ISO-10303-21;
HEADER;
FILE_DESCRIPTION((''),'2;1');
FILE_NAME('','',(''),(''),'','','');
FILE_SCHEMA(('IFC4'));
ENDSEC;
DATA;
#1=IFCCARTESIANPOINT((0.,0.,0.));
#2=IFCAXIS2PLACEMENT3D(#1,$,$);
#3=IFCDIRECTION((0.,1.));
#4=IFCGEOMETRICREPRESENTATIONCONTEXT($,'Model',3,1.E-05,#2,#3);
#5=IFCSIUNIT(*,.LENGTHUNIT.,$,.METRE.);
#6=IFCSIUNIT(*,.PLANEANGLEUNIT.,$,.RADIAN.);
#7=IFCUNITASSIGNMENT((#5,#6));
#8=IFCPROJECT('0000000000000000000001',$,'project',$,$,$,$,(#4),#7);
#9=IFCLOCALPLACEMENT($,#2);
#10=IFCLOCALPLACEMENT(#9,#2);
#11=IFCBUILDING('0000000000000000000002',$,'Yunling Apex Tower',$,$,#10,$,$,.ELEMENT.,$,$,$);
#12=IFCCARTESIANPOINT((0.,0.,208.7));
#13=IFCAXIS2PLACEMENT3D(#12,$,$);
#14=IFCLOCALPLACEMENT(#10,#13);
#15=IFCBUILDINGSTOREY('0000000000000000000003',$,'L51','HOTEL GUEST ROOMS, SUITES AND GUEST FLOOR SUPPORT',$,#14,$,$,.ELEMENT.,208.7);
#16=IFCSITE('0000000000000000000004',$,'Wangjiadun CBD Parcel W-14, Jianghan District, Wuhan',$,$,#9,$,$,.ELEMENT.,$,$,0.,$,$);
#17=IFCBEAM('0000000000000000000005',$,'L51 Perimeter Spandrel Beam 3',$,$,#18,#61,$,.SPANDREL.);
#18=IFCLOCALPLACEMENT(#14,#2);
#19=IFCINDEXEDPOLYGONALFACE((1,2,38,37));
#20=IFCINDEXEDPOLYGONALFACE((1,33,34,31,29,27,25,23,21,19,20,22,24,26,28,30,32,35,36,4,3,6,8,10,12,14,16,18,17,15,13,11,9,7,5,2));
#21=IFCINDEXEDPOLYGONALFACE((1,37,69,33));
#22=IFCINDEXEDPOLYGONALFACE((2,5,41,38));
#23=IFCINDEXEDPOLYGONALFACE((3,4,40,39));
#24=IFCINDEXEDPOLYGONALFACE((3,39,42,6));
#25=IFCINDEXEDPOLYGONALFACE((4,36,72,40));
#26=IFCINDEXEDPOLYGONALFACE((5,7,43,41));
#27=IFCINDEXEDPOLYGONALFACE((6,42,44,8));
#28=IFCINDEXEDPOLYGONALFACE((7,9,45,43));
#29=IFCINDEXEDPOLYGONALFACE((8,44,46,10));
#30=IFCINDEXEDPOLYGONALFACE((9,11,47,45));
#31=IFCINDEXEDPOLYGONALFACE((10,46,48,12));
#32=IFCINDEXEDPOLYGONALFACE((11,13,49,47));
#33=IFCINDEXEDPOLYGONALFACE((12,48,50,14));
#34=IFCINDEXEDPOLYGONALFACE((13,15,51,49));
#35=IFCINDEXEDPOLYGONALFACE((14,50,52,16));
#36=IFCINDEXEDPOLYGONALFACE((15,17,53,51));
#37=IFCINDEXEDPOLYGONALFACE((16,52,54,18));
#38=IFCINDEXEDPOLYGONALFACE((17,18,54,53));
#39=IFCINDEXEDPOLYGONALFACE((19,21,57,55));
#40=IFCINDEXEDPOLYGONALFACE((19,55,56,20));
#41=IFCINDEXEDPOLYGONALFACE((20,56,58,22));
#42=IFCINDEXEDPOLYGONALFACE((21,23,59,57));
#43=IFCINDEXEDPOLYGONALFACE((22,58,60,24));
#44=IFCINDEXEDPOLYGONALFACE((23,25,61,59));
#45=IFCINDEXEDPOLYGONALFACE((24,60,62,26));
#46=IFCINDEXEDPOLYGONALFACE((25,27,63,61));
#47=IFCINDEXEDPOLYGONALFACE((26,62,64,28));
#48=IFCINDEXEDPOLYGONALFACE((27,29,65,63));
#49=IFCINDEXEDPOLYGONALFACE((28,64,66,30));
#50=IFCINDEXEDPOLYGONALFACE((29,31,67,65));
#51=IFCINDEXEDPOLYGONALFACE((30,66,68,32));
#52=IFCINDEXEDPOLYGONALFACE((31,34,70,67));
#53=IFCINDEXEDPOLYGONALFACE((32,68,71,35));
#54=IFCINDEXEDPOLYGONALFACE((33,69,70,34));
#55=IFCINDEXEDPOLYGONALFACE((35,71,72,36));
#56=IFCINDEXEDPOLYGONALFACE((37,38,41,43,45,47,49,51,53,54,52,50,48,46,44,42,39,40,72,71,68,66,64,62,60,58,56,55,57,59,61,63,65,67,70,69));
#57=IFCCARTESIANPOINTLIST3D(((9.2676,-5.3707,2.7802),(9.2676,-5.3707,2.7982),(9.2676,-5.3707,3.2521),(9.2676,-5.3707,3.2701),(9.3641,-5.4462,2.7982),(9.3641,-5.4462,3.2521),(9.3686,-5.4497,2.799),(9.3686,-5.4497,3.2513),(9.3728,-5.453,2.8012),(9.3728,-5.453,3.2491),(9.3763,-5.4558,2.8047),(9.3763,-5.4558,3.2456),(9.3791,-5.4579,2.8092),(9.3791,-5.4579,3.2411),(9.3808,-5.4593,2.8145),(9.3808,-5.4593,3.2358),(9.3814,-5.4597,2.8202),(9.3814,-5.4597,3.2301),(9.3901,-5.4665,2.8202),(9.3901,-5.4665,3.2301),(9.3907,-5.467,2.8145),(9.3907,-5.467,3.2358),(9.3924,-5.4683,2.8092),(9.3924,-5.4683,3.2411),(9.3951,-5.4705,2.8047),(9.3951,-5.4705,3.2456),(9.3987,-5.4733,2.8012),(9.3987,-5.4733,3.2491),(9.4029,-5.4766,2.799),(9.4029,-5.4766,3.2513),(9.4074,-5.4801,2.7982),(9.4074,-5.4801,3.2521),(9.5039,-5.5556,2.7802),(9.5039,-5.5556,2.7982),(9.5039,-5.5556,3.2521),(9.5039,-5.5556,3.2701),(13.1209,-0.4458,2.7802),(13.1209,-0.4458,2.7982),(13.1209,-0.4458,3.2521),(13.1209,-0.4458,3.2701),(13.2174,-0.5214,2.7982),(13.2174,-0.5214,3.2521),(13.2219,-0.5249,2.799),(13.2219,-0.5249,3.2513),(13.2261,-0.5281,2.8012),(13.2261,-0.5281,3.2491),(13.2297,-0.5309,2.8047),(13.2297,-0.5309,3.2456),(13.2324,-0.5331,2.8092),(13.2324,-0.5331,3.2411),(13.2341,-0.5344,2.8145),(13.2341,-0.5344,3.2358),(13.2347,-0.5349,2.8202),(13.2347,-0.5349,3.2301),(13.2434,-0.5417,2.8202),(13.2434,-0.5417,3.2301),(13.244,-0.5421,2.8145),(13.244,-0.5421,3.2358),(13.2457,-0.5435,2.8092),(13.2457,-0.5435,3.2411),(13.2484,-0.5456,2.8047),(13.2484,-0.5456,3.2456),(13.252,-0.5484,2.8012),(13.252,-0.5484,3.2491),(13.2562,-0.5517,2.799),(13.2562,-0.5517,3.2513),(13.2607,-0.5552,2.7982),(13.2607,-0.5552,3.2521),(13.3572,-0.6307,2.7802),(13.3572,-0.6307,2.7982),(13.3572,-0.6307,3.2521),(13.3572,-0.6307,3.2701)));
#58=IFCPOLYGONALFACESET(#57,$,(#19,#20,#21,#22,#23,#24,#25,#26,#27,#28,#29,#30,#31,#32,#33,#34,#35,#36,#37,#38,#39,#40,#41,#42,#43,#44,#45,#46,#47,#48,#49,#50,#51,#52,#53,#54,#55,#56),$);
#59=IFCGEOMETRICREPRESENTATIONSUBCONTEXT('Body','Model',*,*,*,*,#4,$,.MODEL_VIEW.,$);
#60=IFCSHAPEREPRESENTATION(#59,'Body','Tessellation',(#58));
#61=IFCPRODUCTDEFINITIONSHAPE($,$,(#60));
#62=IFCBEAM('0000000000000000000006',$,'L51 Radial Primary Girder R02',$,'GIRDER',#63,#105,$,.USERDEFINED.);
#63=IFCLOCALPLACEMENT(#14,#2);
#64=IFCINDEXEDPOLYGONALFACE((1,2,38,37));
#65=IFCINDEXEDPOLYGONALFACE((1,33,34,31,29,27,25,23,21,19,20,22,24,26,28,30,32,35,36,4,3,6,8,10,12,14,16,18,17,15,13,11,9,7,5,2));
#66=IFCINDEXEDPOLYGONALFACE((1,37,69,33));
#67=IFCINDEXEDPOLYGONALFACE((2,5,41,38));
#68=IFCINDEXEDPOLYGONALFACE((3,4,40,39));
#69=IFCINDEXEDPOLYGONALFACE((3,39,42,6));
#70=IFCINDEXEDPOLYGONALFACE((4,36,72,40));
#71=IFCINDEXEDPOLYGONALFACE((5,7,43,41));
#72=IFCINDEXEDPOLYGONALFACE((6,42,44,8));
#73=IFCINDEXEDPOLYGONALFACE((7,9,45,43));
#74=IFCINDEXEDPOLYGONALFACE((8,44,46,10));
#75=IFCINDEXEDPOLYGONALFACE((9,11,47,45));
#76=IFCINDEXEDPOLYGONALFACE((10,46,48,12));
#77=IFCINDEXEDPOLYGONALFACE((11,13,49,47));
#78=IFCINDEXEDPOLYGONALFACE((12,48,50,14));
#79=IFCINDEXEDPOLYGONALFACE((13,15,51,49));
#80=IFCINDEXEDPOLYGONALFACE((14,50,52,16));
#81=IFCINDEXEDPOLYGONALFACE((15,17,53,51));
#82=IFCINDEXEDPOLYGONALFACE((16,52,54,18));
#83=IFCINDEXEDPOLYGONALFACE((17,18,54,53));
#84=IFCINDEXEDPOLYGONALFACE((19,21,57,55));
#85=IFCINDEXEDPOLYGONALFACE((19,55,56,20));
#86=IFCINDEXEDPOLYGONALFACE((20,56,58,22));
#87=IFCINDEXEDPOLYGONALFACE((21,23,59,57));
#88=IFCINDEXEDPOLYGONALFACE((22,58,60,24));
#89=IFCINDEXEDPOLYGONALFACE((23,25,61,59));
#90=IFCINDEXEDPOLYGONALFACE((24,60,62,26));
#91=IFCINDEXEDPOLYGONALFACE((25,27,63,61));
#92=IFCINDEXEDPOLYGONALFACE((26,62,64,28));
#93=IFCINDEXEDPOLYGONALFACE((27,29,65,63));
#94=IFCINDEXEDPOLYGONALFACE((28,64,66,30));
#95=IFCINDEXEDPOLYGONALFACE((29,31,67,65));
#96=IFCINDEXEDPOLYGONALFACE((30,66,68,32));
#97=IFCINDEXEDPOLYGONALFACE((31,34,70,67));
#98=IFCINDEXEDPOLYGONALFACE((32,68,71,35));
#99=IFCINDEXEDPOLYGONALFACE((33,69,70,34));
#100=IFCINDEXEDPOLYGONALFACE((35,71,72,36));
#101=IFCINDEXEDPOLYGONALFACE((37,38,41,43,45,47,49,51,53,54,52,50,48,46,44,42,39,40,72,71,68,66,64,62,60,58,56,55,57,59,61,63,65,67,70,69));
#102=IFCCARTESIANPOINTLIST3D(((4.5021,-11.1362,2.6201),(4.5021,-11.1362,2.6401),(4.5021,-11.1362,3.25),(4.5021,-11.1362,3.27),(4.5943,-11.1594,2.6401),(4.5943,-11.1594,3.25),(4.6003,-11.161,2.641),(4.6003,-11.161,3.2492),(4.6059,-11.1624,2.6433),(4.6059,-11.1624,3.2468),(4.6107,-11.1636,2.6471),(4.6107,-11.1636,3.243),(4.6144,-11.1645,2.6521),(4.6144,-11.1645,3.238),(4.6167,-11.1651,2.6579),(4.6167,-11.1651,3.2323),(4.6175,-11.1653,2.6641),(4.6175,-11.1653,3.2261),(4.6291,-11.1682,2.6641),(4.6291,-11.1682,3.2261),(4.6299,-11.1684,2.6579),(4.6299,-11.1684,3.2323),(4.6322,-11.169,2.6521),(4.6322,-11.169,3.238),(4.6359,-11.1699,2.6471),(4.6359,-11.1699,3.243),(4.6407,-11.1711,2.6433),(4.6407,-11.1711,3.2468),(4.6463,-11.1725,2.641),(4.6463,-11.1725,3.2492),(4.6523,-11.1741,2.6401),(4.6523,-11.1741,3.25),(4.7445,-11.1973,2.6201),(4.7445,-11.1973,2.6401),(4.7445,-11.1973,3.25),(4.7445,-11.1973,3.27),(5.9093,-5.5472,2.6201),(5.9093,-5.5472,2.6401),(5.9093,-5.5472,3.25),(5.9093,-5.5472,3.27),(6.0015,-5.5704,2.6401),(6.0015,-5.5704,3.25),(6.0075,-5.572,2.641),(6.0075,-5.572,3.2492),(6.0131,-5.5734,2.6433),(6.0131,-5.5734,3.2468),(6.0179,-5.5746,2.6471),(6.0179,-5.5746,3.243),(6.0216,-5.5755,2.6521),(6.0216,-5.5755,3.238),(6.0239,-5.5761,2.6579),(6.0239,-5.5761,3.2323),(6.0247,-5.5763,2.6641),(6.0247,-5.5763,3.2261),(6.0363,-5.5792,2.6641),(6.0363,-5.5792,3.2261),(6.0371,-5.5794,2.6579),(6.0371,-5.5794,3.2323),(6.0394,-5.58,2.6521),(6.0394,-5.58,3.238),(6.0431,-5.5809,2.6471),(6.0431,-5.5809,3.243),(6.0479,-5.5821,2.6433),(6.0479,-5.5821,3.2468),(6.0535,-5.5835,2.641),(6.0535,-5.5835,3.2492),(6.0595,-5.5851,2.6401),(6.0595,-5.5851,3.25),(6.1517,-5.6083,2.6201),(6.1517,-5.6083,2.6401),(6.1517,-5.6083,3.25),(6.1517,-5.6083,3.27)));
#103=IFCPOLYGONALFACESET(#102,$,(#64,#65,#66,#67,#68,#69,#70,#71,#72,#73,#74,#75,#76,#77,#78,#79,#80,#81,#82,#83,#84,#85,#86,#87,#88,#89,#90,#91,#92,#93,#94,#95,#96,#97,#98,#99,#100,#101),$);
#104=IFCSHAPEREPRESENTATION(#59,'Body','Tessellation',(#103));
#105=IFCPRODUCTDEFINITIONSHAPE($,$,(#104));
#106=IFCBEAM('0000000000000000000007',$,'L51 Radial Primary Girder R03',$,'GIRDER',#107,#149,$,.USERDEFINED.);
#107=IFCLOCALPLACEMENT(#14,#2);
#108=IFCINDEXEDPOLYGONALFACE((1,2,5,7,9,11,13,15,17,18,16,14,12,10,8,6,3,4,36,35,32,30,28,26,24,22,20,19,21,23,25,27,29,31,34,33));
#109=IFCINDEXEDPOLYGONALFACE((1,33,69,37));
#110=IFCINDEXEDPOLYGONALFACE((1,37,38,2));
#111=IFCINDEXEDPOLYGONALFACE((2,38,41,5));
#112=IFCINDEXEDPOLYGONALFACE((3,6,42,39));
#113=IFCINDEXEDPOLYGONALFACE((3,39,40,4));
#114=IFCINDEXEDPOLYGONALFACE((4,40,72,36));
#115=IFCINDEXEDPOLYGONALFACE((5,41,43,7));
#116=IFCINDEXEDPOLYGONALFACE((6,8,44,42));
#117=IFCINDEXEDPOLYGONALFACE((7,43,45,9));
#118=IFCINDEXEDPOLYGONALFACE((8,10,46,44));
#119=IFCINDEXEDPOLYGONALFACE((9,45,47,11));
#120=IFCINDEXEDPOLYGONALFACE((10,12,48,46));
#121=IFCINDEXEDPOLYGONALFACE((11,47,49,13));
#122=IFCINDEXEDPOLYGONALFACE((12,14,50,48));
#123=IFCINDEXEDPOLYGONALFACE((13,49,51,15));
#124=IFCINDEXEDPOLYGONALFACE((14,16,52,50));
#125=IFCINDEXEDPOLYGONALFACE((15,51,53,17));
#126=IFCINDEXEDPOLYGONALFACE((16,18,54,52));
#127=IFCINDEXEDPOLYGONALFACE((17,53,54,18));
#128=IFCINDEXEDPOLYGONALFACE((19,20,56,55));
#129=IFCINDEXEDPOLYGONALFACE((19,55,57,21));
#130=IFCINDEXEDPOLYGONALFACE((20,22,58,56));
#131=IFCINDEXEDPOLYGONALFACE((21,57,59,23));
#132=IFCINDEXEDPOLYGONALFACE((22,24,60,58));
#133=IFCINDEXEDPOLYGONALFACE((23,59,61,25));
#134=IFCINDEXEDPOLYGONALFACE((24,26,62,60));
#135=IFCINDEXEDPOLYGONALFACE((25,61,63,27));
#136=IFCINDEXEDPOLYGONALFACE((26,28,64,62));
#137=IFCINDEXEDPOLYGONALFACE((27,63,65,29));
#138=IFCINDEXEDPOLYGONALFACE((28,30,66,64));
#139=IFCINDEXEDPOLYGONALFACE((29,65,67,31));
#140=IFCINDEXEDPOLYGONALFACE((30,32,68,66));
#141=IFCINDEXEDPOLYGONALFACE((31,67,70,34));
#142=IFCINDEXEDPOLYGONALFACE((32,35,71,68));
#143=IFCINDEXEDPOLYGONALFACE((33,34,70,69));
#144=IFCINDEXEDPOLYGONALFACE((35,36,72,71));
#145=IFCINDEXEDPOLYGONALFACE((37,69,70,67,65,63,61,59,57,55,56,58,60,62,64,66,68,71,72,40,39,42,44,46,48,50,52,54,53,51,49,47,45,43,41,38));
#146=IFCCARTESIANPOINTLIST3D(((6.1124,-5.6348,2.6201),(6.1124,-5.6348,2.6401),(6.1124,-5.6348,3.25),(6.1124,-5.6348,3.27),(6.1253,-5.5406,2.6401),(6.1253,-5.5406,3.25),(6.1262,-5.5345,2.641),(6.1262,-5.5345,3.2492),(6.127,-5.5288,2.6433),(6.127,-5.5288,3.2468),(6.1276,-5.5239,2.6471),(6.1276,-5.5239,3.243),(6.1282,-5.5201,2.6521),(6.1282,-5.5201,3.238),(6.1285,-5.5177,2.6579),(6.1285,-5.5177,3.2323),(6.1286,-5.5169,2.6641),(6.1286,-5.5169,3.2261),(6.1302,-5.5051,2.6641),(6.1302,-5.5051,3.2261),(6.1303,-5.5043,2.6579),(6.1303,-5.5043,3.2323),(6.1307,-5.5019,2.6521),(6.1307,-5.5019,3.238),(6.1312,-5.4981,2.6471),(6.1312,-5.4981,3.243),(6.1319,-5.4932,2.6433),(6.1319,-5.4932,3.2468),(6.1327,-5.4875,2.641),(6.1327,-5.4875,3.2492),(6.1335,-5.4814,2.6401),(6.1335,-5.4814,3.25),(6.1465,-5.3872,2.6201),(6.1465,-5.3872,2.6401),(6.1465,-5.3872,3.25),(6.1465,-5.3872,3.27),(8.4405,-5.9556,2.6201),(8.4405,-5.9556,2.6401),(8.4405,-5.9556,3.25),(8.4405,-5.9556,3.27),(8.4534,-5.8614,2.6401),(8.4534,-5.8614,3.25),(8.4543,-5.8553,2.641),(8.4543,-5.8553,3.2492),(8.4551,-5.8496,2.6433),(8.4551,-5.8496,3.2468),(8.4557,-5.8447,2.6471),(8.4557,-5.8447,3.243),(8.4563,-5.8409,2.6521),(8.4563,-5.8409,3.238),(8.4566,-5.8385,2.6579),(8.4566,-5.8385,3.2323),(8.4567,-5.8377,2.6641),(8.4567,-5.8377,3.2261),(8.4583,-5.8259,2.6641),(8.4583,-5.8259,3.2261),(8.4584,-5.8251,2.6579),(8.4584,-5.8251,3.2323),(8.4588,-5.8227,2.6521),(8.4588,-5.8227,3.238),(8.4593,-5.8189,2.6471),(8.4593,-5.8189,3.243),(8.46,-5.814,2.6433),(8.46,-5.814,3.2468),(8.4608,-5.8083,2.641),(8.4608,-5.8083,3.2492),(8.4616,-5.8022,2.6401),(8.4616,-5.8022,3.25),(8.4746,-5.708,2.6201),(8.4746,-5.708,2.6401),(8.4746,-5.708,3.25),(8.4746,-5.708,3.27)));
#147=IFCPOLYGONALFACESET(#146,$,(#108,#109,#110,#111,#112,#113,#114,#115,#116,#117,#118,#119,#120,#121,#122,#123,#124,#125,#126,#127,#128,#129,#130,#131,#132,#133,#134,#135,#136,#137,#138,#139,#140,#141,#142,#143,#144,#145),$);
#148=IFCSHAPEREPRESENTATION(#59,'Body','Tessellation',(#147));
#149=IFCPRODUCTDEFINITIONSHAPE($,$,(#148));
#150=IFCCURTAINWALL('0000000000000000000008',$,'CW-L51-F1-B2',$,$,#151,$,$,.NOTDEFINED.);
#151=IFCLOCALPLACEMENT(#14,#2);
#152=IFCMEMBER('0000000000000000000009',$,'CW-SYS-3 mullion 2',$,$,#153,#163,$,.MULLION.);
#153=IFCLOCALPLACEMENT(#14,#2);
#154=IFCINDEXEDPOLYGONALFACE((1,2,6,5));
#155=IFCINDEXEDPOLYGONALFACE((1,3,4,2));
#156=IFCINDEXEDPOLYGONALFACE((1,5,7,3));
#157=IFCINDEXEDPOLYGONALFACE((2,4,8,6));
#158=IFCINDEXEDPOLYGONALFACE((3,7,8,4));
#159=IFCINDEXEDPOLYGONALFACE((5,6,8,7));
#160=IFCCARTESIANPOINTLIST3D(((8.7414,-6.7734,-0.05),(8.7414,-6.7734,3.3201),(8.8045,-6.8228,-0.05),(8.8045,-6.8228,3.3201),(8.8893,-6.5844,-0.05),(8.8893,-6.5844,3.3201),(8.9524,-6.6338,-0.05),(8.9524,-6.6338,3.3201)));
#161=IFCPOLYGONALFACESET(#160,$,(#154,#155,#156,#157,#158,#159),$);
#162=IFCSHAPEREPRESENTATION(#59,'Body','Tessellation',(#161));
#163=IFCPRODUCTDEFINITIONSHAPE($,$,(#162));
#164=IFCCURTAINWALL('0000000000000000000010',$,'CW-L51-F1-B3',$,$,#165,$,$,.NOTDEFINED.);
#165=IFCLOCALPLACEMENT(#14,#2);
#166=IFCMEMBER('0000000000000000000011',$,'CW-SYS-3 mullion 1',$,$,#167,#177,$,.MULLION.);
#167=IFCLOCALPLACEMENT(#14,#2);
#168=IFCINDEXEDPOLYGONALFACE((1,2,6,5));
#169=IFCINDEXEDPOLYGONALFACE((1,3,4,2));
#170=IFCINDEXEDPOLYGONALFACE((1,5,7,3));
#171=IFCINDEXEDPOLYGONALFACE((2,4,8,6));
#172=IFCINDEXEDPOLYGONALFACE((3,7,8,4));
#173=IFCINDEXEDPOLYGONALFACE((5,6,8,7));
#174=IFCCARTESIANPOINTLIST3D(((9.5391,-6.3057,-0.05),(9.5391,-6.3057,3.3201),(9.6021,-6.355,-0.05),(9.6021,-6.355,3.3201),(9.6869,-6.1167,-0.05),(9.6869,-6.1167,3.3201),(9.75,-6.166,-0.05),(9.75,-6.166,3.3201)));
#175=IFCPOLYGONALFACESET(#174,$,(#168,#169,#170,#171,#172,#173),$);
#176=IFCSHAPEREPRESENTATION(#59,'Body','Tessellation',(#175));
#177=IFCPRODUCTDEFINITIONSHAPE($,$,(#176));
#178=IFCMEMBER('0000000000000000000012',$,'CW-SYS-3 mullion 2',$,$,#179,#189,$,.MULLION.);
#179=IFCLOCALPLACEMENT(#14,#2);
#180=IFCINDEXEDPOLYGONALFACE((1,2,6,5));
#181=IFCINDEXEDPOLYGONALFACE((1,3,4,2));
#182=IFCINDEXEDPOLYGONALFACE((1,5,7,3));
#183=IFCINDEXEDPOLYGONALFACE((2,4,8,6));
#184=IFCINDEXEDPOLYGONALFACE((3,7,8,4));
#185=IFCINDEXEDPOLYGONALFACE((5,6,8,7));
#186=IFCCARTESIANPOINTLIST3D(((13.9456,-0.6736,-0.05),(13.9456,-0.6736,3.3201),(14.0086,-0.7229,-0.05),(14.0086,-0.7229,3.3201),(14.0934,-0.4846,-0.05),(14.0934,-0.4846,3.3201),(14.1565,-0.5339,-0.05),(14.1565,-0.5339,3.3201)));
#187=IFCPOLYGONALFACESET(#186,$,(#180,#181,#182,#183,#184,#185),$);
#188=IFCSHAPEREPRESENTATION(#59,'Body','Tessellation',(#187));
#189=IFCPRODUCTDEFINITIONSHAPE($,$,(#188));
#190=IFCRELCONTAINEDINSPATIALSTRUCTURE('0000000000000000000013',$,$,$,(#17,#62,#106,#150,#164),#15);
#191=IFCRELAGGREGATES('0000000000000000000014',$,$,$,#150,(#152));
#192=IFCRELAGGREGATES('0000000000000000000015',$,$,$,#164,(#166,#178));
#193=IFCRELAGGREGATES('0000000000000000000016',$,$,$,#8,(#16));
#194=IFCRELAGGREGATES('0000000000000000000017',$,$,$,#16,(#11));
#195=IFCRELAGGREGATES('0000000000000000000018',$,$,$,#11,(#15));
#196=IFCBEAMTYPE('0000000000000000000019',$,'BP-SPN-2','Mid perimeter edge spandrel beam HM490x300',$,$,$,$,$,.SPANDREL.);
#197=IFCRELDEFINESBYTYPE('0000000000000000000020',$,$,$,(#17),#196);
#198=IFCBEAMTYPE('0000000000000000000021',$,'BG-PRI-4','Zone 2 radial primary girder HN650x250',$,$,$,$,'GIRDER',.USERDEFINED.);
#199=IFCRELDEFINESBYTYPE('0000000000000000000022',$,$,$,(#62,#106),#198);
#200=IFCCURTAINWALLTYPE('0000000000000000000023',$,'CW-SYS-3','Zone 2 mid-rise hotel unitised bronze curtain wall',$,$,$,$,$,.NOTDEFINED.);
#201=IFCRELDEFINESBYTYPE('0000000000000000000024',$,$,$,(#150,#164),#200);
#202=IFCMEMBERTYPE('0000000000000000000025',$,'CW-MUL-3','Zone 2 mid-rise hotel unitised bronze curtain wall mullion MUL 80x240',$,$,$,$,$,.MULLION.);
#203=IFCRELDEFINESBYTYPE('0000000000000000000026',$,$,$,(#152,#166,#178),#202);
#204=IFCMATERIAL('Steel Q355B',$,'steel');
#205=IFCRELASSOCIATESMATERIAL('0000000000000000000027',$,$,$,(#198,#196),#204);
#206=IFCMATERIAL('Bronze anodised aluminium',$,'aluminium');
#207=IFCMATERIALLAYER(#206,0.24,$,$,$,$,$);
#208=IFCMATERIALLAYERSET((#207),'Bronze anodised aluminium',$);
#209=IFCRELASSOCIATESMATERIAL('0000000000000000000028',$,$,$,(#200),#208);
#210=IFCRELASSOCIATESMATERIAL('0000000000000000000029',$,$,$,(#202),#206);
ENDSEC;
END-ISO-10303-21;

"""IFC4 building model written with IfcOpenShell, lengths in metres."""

from ifc_helpers import new_model, si_unit, direction, frame, origin, origin_2d, place, context, subcontext, project, spatial, rectangle, i_section, extrude, source, transform, mapped, material, layer, layer_set, material_profile, profile_set, type_object, element, aggregate, save


model = new_model("IFC4")

# Units and contexts
model_context = context("Model", 3, precision=1e-05, world=origin(), true_north=direction((0.0, 1.0)))
body_context = subcontext(model_context, "Body", "Model", "MODEL_VIEW")
ifc_project = project(units=[si_unit("LENGTHUNIT", "METRE"), si_unit("PLANEANGLEUNIT", "RADIAN")], contexts=[model_context])

# Site, building, storey
site_placement = place(None, origin())
site = spatial("IfcSite", under=ifc_project, at=site_placement, Name="Wangjiadun CBD Parcel W-14, Jianghan District, Wuhan", CompositionType="ELEMENT", RefElevation=0.0)
building_placement = place(site_placement, origin())
building = spatial("IfcBuilding", under=site, at=building_placement, Name="Yunling Apex Tower", CompositionType="ELEMENT")
storey_placement = place(building_placement, frame((0.0, 0.0, 208.7)))
storey = spatial("IfcBuildingStorey", under=building, at=storey_placement, Name="L51", Description="HOTEL GUEST ROOMS, SUITES AND GUEST FLOOR SUPPORT", CompositionType="ELEMENT", Elevation=208.7)

# Beams
ifc_material_1 = material(Name="Steel Q355B", Category="steel")
ifc_material_profile_1 = material_profile(ifc_material_1, i_section(OverallWidth=0.25, OverallDepth=0.6499, WebThickness=0.012, FlangeThickness=0.02, FilletRadius=0.0239, at=origin_2d()))
ifc_profile_set_1 = profile_set([ifc_material_profile_1], Name="Steel Q355B")
beam_type_1 = type_object("IfcBeamType", Name="BG-PRI-4", Description="Zone 2 radial primary girder HN650x250", ElementType="GIRDER", PredefinedType="USERDEFINED", material=ifc_profile_set_1)
ifc_material_profile_2 = material_profile(ifc_material_1, i_section(OverallWidth=0.3, OverallDepth=0.49, WebThickness=0.011, FlangeThickness=0.0181, FilletRadius=0.022, at=origin_2d()))
ifc_profile_set_2 = profile_set([ifc_material_profile_2], Name="Steel Q355B")
beam_type_2 = type_object("IfcBeamType", Name="BP-SPN-2", Description="Mid perimeter edge spandrel beam HM490x300", PredefinedType="SPANDREL", material=ifc_profile_set_2)
shared_shape_1 = source(origin(), body_context, "Body", "SweptSolid", [
    extrude(i_section(OverallWidth=0.3, OverallDepth=0.49, WebThickness=0.011, FlangeThickness=0.0181, FilletRadius=0.022, at=origin_2d()), origin(), (0.0, 0.0, 1.0), 6.2532),
])
beam_1_placement = place(storey_placement, frame((9.3857, -5.4631, 3.0251), z_axis=(0.616217, 0.787577, 0.0), x_axis=(-0.787577, 0.616217, 0.0)))
element("IfcBeam", 1, at=beam_1_placement, inside=storey, type_object=beam_type_2, Name="L51 Perimeter Spandrel Beam 3", PredefinedType="SPANDREL", context=body_context, shape_type="MappedRepresentation", body=[
    mapped(shared_shape_1, transform((0.0, 0.0, 0.0), scale=1.0)),
])
shared_shape_2 = source(origin(), body_context, "Body", "SweptSolid", [
    extrude(i_section(OverallWidth=0.25, OverallDepth=0.6499, WebThickness=0.012, FlangeThickness=0.02, FilletRadius=0.0239, at=origin_2d()), origin(), (0.0, 0.0, 1.0), 5.7634),
])
beam_2_placement = place(storey_placement, frame((4.6233, -11.1667, 2.9451), z_axis=(0.24416, 0.969735, 0.0), x_axis=(-0.969735, 0.24416, 0.0)))
element("IfcBeam", 2, at=beam_2_placement, inside=storey, type_object=beam_type_1, Name="L51 Radial Primary Girder R02", ObjectType="GIRDER", PredefinedType="USERDEFINED", context=body_context, shape_type="MappedRepresentation", body=[
    mapped(shared_shape_2, transform((0.0, 0.0, 0.0), scale=1.0)),
])
shared_shape_3 = source(origin(), body_context, "Body", "SweptSolid", [
    extrude(i_section(OverallWidth=0.25, OverallDepth=0.6499, WebThickness=0.012, FlangeThickness=0.02, FilletRadius=0.0239, at=origin_2d()), origin(), (0.0, 0.0, 1.0), 2.3501),
])
beam_3_placement = place(storey_placement, frame((8.4575, -5.8318, 2.9451), z_axis=(-0.99064, 0.136504, 0.0), x_axis=(-0.136504, -0.99064, 0.0)))
element("IfcBeam", 3, at=beam_3_placement, inside=storey, type_object=beam_type_1, Name="L51 Radial Primary Girder R03", ObjectType="GIRDER", PredefinedType="USERDEFINED", context=body_context, shape_type="MappedRepresentation", body=[
    mapped(shared_shape_3, transform((0.0, 0.0, 0.0), scale=1.0)),
])

# Curtain wall, member
ifc_material_2 = material(Name="Bronze anodised aluminium", Category="aluminium")
ifc_layer_1 = layer(ifc_material_2, 0.24)
ifc_layer_set_1 = layer_set([ifc_layer_1], Name="Bronze anodised aluminium")
curtain_wall_type = type_object("IfcCurtainWallType", Name="CW-SYS-3", Description="Zone 2 mid-rise hotel unitised bronze curtain wall", PredefinedType="NOTDEFINED", material=ifc_layer_set_1)
curtain_wall_1_placement = place(storey_placement, origin())
curtain_wall_1 = element("IfcCurtainWall", 4, at=curtain_wall_1_placement, inside=storey, type_object=curtain_wall_type, Name="CW-L51-F1-B2", PredefinedType="NOTDEFINED")
ifc_material_profile_3 = material_profile(ifc_material_2, rectangle(XDim=0.0801, YDim=0.24, at=origin_2d()))
ifc_profile_set_3 = profile_set([ifc_material_profile_3], Name="Bronze anodised aluminium")
member_type_1 = type_object("IfcMemberType", Name="CW-MUL-3", Description="Zone 2 mid-rise hotel unitised bronze curtain wall mullion MUL 80x240", PredefinedType="MULLION", material=ifc_profile_set_3)
shared_shape_4 = source(origin(), body_context, "Body", "SweptSolid", [
    extrude(rectangle(XDim=0.0801, YDim=0.24, at=origin_2d()), origin(), (0.0, 0.0, 1.0), 3.3701),
])
member_1_placement = place(storey_placement, frame((8.8469, -6.7036, -0.05), z_axis=(0.0, 0.0, 1.0), x_axis=(-0.787576, 0.616217, 0.0)))
member_1 = element("IfcMember", 5, at=member_1_placement, type_object=member_type_1, Name="CW-SYS-3 mullion 2", PredefinedType="MULLION", context=body_context, shape_type="MappedRepresentation", body=[
    mapped(shared_shape_4, transform((0.0, 0.0, 0.0), scale=1.0)),
])

# Curtain wall, members
curtain_wall_2_placement = place(storey_placement, origin())
curtain_wall_2 = element("IfcCurtainWall", 6, at=curtain_wall_2_placement, inside=storey, type_object=curtain_wall_type, Name="CW-L51-F1-B3", PredefinedType="NOTDEFINED")
member_2_placement = place(storey_placement, frame((9.6445, -6.2358, -0.05), z_axis=(0.0, 0.0, 1.0), x_axis=(-0.787589, 0.6162, 0.0)))
member_2 = element("IfcMember", 7, at=member_2_placement, type_object=member_type_1, Name="CW-SYS-3 mullion 1", PredefinedType="MULLION", context=body_context, shape_type="MappedRepresentation", body=[
    mapped(shared_shape_4, transform((0.0, 0.0, 0.0), scale=1.0)),
])
member_3_placement = place(storey_placement, frame((14.051, -0.6038, -0.05), z_axis=(0.0, 0.0, 1.0), x_axis=(-0.787589, 0.6162, 0.0)))
member_3 = element("IfcMember", 8, at=member_3_placement, type_object=member_type_1, Name="CW-SYS-3 mullion 2", PredefinedType="MULLION", context=body_context, shape_type="MappedRepresentation", body=[
    mapped(shared_shape_4, transform((0.0, 0.0, 0.0), scale=1.0)),
])

aggregate(curtain_wall_1, [member_1])
aggregate(curtain_wall_2, [member_2, member_3])

save(model, "model.ifc")
